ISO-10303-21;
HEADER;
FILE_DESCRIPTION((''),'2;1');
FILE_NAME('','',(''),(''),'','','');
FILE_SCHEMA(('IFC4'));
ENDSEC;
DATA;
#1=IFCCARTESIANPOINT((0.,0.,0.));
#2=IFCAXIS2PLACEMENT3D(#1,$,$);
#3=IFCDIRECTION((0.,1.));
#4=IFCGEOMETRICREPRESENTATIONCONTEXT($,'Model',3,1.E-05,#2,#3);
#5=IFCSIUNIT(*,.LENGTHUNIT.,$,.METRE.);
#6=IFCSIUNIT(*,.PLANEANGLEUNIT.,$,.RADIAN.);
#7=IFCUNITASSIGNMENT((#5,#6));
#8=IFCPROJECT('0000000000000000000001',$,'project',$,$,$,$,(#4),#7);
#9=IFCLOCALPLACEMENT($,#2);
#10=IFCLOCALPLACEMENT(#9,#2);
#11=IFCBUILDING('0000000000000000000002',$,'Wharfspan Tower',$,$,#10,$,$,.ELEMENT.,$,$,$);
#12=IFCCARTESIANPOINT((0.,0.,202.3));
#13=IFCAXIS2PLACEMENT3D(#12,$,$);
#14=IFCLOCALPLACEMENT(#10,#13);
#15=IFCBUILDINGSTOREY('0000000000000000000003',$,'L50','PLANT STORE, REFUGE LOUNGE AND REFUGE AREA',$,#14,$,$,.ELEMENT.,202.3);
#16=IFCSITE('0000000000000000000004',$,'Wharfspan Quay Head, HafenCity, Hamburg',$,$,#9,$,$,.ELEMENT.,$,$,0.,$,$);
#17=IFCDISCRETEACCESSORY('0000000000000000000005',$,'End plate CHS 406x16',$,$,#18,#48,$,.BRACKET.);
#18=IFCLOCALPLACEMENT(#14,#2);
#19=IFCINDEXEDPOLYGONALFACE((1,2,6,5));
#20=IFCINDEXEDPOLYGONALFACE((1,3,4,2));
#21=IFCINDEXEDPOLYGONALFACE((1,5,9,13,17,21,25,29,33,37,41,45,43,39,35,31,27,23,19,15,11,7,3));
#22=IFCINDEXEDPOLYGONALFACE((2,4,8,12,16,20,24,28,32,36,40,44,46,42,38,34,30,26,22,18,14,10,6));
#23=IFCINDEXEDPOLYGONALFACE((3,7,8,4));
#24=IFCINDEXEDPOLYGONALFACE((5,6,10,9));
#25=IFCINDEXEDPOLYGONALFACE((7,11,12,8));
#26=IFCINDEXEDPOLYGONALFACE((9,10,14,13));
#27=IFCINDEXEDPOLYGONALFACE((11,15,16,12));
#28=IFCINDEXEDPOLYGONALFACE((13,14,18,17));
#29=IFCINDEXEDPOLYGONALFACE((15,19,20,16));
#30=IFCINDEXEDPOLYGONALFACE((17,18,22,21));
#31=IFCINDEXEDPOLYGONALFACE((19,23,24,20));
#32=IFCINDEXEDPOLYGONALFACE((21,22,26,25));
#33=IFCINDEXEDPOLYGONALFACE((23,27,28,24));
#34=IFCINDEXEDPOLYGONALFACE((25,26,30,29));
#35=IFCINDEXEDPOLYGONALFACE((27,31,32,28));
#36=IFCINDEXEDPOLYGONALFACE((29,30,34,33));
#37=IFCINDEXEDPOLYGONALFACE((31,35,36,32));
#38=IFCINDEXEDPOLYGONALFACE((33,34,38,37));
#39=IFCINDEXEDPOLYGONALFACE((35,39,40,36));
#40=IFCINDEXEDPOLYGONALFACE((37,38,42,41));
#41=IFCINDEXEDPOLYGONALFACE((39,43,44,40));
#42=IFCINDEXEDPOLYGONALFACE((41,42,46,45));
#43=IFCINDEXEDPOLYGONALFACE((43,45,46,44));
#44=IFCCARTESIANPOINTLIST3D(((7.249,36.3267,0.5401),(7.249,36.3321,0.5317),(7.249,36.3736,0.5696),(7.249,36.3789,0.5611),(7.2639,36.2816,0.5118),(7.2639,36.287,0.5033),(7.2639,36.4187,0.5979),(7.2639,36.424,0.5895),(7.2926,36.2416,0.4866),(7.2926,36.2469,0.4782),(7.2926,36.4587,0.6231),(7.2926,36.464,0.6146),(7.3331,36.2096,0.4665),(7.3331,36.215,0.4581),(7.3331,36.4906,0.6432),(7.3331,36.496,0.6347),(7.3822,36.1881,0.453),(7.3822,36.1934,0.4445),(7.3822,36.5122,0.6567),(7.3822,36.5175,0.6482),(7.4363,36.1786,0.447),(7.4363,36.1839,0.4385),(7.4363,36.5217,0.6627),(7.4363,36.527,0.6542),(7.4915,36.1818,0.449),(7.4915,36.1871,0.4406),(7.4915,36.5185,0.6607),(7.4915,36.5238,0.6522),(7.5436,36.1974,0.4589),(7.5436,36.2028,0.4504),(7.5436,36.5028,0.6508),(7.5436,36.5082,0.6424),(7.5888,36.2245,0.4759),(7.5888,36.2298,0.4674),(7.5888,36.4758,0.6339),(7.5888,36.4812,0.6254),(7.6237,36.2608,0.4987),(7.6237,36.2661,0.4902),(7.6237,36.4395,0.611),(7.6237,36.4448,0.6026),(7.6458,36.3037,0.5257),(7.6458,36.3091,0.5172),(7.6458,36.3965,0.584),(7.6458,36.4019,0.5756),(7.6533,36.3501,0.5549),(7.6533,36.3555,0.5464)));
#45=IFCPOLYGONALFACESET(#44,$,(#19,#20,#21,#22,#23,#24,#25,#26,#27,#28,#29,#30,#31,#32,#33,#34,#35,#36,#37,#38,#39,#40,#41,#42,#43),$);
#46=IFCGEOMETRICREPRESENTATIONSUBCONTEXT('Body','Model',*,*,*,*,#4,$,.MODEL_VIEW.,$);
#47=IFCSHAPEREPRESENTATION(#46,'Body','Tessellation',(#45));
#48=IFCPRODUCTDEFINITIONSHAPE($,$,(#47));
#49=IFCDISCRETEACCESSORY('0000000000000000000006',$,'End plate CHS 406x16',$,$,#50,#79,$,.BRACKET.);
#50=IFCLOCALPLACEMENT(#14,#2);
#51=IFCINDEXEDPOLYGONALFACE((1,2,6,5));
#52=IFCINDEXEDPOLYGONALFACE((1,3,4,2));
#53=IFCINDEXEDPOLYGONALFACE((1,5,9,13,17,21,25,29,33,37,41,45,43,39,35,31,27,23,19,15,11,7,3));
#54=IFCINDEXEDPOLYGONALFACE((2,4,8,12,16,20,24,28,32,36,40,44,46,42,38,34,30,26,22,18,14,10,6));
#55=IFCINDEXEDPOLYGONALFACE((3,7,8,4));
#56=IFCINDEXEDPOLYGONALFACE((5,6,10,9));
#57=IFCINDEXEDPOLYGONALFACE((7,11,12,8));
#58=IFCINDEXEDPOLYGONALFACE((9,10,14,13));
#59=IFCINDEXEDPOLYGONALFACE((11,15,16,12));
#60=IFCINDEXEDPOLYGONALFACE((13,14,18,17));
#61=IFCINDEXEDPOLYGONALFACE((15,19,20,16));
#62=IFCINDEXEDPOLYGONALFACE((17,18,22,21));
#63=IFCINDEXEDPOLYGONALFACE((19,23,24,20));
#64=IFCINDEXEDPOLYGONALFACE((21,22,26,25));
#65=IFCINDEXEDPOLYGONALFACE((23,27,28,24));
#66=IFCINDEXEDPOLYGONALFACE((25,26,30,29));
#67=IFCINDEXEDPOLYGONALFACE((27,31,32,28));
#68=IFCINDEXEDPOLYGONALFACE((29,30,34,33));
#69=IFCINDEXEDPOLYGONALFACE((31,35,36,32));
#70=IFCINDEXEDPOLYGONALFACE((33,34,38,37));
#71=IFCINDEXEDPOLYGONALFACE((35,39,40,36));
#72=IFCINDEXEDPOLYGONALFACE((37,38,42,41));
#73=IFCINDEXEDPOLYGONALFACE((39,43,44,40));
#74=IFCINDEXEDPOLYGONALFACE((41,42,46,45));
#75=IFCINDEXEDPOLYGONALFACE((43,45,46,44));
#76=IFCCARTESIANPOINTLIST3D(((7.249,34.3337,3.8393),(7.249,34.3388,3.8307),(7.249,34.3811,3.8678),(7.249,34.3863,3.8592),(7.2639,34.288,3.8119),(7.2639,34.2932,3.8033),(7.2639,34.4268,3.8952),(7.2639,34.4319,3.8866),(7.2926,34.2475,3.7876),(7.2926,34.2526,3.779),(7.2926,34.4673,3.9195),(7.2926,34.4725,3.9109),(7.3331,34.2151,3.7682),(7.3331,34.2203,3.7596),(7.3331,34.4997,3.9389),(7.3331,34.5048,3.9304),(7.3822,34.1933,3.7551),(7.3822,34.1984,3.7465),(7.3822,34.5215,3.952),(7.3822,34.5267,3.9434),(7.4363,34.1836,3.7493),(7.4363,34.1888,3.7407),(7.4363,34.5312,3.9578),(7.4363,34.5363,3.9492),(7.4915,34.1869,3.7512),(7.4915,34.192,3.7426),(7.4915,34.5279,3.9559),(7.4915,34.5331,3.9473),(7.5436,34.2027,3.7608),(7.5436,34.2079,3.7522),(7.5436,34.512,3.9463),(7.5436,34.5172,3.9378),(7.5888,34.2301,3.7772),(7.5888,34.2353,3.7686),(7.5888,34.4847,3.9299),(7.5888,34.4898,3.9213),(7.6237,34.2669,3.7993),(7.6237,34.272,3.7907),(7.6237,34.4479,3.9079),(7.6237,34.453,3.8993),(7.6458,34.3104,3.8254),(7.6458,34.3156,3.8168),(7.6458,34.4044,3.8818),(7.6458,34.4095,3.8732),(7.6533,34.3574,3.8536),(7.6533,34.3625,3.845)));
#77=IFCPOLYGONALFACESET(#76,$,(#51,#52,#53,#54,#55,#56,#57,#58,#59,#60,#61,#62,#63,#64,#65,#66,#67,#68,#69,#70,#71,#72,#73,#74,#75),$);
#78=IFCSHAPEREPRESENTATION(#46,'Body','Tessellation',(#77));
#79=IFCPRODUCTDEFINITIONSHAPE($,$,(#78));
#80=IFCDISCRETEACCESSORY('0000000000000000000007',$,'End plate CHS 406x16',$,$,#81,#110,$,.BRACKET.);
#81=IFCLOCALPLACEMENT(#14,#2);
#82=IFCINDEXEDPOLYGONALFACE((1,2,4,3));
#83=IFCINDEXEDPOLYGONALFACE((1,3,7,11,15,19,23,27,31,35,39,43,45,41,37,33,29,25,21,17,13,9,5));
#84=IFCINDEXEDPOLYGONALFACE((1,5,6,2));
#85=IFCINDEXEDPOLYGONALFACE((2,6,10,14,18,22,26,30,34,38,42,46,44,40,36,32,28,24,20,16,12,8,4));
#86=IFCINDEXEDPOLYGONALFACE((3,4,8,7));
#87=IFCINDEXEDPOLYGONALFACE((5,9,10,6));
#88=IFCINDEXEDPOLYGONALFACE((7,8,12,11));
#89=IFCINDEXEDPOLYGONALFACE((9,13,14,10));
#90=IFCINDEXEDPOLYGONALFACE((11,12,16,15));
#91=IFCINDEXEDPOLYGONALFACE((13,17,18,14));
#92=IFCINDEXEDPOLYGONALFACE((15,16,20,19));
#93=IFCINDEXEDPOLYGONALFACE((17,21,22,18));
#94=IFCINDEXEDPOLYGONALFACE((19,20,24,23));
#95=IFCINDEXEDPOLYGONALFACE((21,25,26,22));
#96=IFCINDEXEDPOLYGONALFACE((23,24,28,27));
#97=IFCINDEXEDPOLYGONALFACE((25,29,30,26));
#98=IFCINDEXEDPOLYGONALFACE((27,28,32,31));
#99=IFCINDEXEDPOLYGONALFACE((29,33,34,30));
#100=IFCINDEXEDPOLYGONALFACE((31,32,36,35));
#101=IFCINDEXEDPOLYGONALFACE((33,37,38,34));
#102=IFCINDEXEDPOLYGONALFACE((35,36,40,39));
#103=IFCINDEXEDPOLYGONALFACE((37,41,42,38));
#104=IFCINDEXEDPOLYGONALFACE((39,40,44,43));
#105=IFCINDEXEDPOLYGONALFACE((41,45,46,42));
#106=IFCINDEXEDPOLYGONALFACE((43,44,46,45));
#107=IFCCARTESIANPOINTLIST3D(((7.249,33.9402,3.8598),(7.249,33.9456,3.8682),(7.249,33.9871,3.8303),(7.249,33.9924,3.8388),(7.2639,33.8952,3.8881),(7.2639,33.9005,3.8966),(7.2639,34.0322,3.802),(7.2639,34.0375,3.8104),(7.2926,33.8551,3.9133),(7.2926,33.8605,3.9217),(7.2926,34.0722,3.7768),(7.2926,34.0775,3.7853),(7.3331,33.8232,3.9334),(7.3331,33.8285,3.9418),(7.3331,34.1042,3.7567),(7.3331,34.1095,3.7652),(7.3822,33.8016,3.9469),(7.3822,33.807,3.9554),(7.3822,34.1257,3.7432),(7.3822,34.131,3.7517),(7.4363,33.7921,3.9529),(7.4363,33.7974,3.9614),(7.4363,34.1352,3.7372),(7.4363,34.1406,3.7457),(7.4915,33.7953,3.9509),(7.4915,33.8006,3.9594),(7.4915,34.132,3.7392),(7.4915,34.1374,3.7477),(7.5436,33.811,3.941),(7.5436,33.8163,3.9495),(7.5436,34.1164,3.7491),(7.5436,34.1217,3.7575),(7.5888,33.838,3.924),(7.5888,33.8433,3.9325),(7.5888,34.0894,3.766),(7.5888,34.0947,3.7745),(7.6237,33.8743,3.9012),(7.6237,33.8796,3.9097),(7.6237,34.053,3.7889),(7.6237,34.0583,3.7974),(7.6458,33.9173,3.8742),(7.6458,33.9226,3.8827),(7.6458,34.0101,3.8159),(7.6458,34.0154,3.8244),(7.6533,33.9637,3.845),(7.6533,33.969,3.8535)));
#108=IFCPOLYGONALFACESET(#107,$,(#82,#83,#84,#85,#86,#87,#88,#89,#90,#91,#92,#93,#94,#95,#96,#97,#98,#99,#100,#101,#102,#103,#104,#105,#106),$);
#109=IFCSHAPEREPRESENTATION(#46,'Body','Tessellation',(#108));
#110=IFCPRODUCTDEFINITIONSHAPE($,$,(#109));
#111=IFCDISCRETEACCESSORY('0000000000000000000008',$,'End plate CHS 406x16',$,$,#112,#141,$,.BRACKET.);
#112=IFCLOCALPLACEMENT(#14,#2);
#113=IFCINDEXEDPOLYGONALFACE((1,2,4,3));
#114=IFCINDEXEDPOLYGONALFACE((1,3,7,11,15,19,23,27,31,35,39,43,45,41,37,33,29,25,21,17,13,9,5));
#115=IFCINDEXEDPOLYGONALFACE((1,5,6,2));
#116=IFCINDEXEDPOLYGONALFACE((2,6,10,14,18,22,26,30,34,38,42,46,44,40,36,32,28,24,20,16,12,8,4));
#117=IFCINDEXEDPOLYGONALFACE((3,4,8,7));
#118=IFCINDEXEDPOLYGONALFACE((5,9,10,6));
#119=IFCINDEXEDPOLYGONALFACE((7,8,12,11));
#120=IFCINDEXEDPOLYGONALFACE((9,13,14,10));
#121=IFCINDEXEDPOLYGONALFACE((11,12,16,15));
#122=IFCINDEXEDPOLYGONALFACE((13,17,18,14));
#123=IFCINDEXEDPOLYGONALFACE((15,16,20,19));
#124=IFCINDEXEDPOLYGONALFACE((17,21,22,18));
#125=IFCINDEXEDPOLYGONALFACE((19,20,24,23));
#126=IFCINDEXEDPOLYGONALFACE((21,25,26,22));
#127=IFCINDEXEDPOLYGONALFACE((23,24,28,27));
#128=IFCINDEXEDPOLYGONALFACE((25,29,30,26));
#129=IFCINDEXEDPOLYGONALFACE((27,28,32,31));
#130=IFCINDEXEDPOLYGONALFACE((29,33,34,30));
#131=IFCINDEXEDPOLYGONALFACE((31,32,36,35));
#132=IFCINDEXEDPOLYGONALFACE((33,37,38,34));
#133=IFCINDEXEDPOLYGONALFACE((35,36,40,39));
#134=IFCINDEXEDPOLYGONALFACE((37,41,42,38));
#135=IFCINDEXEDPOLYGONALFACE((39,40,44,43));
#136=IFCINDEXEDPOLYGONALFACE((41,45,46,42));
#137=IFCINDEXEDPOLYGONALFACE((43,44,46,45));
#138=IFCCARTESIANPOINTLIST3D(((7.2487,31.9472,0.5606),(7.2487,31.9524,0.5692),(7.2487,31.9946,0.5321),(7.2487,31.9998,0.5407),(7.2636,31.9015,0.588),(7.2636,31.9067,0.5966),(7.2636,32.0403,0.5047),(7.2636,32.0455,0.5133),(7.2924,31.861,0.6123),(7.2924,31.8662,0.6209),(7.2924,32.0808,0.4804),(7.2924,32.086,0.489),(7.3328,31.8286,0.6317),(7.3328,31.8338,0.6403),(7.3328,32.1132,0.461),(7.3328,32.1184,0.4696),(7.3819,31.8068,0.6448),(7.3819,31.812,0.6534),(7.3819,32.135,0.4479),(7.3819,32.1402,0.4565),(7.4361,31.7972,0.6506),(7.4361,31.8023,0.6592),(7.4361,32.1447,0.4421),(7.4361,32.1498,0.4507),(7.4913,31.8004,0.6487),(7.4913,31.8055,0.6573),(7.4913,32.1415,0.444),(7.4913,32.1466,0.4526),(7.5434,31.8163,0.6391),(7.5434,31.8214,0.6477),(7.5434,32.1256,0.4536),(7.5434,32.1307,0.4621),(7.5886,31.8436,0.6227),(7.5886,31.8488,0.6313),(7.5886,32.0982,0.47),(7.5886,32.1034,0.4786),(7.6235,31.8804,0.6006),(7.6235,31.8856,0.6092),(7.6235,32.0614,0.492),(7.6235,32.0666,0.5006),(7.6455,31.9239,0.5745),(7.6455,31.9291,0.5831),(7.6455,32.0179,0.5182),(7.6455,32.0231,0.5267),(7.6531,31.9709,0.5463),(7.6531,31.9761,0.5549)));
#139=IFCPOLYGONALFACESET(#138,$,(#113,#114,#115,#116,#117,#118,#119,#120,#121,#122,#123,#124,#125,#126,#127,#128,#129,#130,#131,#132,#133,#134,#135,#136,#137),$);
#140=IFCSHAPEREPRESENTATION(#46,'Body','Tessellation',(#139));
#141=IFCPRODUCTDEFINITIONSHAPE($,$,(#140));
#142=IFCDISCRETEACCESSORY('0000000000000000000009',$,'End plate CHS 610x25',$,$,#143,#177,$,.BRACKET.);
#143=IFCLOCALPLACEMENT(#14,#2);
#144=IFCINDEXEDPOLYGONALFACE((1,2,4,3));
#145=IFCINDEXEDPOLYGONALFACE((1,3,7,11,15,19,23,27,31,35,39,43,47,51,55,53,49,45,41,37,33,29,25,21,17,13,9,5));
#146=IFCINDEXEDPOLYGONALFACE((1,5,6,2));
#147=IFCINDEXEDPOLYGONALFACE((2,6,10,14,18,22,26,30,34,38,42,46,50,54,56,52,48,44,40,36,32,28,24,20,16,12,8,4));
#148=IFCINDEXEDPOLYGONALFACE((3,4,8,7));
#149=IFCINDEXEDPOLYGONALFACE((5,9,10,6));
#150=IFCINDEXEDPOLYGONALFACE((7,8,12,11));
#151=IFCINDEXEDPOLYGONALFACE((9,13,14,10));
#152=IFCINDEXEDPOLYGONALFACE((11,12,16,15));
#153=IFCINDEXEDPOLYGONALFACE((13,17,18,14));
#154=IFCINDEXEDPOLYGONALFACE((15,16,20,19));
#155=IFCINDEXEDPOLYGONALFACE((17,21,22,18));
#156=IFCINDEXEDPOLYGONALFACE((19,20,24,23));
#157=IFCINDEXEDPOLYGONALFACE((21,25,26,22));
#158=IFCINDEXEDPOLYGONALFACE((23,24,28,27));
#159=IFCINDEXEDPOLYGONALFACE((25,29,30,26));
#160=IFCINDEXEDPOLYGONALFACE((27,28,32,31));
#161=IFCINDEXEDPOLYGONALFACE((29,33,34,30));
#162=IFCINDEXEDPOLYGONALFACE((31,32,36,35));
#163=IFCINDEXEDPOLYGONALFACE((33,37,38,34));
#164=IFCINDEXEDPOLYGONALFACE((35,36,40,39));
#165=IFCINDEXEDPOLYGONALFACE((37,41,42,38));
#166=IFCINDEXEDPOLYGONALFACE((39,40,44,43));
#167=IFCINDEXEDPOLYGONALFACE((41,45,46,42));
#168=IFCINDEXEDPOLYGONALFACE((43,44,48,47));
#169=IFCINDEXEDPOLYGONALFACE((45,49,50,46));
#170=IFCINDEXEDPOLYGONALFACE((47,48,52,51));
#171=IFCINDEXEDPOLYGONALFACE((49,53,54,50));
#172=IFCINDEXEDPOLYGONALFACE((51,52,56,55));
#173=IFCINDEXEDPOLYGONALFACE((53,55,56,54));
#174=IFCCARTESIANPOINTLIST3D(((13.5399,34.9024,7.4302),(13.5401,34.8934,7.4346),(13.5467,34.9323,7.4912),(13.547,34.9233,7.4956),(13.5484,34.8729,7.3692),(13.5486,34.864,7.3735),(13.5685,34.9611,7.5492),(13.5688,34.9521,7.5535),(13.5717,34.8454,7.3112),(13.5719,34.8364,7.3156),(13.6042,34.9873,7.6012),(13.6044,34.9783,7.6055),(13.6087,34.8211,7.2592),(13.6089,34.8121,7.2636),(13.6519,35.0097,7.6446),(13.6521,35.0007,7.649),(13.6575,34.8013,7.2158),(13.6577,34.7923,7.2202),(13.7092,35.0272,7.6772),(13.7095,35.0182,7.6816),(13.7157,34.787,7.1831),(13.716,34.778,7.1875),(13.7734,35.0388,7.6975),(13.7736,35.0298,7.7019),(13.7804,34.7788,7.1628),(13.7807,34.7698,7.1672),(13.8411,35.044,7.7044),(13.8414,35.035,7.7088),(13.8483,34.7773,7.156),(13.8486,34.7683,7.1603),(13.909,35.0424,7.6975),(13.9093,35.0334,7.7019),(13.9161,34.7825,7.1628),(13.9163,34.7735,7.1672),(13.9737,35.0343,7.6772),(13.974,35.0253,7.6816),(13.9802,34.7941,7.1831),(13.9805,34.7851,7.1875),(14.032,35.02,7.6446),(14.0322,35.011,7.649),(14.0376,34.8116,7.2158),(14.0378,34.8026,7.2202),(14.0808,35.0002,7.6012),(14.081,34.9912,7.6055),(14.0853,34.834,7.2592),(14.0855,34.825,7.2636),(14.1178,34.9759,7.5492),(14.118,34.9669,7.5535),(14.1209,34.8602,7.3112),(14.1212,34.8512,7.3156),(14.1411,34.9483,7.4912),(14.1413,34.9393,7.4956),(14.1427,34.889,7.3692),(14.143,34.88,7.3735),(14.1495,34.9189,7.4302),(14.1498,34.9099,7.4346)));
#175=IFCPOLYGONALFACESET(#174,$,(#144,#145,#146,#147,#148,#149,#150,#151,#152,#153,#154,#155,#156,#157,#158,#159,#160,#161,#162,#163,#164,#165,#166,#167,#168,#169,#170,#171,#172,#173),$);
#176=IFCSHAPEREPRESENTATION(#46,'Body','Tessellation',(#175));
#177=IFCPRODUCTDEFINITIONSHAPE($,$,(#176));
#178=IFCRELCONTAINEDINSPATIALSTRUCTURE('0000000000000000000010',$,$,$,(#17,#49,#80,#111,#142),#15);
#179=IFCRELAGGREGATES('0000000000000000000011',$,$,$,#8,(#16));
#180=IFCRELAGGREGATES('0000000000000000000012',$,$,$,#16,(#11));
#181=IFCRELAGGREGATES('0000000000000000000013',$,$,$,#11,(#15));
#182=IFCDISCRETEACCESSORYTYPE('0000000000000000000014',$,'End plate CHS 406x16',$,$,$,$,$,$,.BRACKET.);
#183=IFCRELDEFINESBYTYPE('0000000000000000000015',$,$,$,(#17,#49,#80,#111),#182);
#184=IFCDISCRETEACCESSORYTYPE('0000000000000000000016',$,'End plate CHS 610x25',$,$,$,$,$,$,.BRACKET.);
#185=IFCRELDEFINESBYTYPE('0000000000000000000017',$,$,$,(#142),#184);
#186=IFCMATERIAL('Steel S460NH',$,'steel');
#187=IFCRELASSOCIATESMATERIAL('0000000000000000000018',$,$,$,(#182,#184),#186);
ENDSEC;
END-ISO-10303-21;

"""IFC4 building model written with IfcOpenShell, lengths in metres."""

from ifc_helpers import new_model, si_unit, direction, frame, origin, origin_2d, place, context, subcontext, project, spatial, circle, extrude, material, material_profile, profile_set, type_object, element, save


model = new_model("IFC4")

# Units and contexts
model_context = context("Model", 3, precision=1e-05, world=origin(), true_north=direction((0.0, 1.0)))
body_context = subcontext(model_context, "Body", "Model", "MODEL_VIEW")
ifc_project = project(units=[si_unit("LENGTHUNIT", "METRE"), si_unit("PLANEANGLEUNIT", "RADIAN")], contexts=[model_context])

# Site, building, storey
site_placement = place(None, origin())
site = spatial("IfcSite", under=ifc_project, at=site_placement, Name="Wharfspan Quay Head, HafenCity, Hamburg", CompositionType="ELEMENT", RefElevation=0.0)
building_placement = place(site_placement, origin())
building = spatial("IfcBuilding", under=site, at=building_placement, Name="Wharfspan Tower", CompositionType="ELEMENT")
storey_placement = place(building_placement, frame((0.0, 0.0, 202.3)))
storey = spatial("IfcBuildingStorey", under=building, at=storey_placement, Name="L50", Description="PLANT STORE, REFUGE LOUNGE AND REFUGE AREA", CompositionType="ELEMENT", Elevation=202.3)

# Shared definitions
ifc_material_1 = material(Name="Steel S460NH", Category="steel")

# Discrete accessories
ifc_material_profile_1 = material_profile(ifc_material_1, circle(Radius=0.2031, at=origin_2d()))
ifc_profile_set_1 = profile_set([ifc_material_profile_1], Name="Steel S460NH")
discrete_accessory_type_1 = type_object("IfcDiscreteAccessoryType", Name="End plate CHS 406x16", PredefinedType="BRACKET", material=ifc_profile_set_1)
for number, where, z_axis, x_axis, name in (
    (1, (7.4502, 36.3555, 0.5464), (0.0, -0.532172, 0.846637), (1.0, 0.0, 0.0), "End plate CHS 406x16"),
    (2, (7.4502, 34.3625, 3.845), (0.0, -0.514496, 0.857493), (1.0, 0.0, 0.0), "End plate CHS 406x16"),
    (3, (7.4502, 33.969, 3.8535), (0.0, -0.532172, -0.846637), (1.0, 0.0, 0.0), "End plate CHS 406x16"),
    (4, (7.45, 31.9761, 0.5549), (0.0, -0.514496, -0.857493), (1.0, 0.0, 0.0), "End plate CHS 406x16"),
):
    element("IfcDiscreteAccessory", number, at=place(storey_placement, frame(where, z_axis=z_axis, x_axis=x_axis)), inside=storey, type_object=discrete_accessory_type_1, Name=name, PredefinedType="BRACKET", context=body_context, shape_type="SweptSolid", body=[
        extrude(circle(Radius=0.2031, at=origin_2d()), origin(), (0.0, 0.0, 1.0), 0.01),
    ])
ifc_material_profile_2 = material_profile(ifc_material_1, circle(Radius=0.3049, at=origin_2d()))
ifc_profile_set_2 = profile_set([ifc_material_profile_2], Name="Steel S460NH")
discrete_accessory_type_2 = type_object("IfcDiscreteAccessoryType", Name="End plate CHS 610x25", PredefinedType="BRACKET", material=ifc_profile_set_2)
discrete_accessory_1_placement = place(storey_placement, frame((13.8447, 34.9106, 7.4302), z_axis=(0.024296, -0.89897, 0.437337), x_axis=(0.999631, 0.027017, 0.000001)))
element("IfcDiscreteAccessory", 5, at=discrete_accessory_1_placement, inside=storey, type_object=discrete_accessory_type_2, Name="End plate CHS 610x25", PredefinedType="BRACKET", context=body_context, shape_type="SweptSolid", body=[
    extrude(circle(Radius=0.3049, at=origin_2d()), origin(), (0.0, 0.0, 1.0), 0.01),
])

save(model, "model.ifc")
